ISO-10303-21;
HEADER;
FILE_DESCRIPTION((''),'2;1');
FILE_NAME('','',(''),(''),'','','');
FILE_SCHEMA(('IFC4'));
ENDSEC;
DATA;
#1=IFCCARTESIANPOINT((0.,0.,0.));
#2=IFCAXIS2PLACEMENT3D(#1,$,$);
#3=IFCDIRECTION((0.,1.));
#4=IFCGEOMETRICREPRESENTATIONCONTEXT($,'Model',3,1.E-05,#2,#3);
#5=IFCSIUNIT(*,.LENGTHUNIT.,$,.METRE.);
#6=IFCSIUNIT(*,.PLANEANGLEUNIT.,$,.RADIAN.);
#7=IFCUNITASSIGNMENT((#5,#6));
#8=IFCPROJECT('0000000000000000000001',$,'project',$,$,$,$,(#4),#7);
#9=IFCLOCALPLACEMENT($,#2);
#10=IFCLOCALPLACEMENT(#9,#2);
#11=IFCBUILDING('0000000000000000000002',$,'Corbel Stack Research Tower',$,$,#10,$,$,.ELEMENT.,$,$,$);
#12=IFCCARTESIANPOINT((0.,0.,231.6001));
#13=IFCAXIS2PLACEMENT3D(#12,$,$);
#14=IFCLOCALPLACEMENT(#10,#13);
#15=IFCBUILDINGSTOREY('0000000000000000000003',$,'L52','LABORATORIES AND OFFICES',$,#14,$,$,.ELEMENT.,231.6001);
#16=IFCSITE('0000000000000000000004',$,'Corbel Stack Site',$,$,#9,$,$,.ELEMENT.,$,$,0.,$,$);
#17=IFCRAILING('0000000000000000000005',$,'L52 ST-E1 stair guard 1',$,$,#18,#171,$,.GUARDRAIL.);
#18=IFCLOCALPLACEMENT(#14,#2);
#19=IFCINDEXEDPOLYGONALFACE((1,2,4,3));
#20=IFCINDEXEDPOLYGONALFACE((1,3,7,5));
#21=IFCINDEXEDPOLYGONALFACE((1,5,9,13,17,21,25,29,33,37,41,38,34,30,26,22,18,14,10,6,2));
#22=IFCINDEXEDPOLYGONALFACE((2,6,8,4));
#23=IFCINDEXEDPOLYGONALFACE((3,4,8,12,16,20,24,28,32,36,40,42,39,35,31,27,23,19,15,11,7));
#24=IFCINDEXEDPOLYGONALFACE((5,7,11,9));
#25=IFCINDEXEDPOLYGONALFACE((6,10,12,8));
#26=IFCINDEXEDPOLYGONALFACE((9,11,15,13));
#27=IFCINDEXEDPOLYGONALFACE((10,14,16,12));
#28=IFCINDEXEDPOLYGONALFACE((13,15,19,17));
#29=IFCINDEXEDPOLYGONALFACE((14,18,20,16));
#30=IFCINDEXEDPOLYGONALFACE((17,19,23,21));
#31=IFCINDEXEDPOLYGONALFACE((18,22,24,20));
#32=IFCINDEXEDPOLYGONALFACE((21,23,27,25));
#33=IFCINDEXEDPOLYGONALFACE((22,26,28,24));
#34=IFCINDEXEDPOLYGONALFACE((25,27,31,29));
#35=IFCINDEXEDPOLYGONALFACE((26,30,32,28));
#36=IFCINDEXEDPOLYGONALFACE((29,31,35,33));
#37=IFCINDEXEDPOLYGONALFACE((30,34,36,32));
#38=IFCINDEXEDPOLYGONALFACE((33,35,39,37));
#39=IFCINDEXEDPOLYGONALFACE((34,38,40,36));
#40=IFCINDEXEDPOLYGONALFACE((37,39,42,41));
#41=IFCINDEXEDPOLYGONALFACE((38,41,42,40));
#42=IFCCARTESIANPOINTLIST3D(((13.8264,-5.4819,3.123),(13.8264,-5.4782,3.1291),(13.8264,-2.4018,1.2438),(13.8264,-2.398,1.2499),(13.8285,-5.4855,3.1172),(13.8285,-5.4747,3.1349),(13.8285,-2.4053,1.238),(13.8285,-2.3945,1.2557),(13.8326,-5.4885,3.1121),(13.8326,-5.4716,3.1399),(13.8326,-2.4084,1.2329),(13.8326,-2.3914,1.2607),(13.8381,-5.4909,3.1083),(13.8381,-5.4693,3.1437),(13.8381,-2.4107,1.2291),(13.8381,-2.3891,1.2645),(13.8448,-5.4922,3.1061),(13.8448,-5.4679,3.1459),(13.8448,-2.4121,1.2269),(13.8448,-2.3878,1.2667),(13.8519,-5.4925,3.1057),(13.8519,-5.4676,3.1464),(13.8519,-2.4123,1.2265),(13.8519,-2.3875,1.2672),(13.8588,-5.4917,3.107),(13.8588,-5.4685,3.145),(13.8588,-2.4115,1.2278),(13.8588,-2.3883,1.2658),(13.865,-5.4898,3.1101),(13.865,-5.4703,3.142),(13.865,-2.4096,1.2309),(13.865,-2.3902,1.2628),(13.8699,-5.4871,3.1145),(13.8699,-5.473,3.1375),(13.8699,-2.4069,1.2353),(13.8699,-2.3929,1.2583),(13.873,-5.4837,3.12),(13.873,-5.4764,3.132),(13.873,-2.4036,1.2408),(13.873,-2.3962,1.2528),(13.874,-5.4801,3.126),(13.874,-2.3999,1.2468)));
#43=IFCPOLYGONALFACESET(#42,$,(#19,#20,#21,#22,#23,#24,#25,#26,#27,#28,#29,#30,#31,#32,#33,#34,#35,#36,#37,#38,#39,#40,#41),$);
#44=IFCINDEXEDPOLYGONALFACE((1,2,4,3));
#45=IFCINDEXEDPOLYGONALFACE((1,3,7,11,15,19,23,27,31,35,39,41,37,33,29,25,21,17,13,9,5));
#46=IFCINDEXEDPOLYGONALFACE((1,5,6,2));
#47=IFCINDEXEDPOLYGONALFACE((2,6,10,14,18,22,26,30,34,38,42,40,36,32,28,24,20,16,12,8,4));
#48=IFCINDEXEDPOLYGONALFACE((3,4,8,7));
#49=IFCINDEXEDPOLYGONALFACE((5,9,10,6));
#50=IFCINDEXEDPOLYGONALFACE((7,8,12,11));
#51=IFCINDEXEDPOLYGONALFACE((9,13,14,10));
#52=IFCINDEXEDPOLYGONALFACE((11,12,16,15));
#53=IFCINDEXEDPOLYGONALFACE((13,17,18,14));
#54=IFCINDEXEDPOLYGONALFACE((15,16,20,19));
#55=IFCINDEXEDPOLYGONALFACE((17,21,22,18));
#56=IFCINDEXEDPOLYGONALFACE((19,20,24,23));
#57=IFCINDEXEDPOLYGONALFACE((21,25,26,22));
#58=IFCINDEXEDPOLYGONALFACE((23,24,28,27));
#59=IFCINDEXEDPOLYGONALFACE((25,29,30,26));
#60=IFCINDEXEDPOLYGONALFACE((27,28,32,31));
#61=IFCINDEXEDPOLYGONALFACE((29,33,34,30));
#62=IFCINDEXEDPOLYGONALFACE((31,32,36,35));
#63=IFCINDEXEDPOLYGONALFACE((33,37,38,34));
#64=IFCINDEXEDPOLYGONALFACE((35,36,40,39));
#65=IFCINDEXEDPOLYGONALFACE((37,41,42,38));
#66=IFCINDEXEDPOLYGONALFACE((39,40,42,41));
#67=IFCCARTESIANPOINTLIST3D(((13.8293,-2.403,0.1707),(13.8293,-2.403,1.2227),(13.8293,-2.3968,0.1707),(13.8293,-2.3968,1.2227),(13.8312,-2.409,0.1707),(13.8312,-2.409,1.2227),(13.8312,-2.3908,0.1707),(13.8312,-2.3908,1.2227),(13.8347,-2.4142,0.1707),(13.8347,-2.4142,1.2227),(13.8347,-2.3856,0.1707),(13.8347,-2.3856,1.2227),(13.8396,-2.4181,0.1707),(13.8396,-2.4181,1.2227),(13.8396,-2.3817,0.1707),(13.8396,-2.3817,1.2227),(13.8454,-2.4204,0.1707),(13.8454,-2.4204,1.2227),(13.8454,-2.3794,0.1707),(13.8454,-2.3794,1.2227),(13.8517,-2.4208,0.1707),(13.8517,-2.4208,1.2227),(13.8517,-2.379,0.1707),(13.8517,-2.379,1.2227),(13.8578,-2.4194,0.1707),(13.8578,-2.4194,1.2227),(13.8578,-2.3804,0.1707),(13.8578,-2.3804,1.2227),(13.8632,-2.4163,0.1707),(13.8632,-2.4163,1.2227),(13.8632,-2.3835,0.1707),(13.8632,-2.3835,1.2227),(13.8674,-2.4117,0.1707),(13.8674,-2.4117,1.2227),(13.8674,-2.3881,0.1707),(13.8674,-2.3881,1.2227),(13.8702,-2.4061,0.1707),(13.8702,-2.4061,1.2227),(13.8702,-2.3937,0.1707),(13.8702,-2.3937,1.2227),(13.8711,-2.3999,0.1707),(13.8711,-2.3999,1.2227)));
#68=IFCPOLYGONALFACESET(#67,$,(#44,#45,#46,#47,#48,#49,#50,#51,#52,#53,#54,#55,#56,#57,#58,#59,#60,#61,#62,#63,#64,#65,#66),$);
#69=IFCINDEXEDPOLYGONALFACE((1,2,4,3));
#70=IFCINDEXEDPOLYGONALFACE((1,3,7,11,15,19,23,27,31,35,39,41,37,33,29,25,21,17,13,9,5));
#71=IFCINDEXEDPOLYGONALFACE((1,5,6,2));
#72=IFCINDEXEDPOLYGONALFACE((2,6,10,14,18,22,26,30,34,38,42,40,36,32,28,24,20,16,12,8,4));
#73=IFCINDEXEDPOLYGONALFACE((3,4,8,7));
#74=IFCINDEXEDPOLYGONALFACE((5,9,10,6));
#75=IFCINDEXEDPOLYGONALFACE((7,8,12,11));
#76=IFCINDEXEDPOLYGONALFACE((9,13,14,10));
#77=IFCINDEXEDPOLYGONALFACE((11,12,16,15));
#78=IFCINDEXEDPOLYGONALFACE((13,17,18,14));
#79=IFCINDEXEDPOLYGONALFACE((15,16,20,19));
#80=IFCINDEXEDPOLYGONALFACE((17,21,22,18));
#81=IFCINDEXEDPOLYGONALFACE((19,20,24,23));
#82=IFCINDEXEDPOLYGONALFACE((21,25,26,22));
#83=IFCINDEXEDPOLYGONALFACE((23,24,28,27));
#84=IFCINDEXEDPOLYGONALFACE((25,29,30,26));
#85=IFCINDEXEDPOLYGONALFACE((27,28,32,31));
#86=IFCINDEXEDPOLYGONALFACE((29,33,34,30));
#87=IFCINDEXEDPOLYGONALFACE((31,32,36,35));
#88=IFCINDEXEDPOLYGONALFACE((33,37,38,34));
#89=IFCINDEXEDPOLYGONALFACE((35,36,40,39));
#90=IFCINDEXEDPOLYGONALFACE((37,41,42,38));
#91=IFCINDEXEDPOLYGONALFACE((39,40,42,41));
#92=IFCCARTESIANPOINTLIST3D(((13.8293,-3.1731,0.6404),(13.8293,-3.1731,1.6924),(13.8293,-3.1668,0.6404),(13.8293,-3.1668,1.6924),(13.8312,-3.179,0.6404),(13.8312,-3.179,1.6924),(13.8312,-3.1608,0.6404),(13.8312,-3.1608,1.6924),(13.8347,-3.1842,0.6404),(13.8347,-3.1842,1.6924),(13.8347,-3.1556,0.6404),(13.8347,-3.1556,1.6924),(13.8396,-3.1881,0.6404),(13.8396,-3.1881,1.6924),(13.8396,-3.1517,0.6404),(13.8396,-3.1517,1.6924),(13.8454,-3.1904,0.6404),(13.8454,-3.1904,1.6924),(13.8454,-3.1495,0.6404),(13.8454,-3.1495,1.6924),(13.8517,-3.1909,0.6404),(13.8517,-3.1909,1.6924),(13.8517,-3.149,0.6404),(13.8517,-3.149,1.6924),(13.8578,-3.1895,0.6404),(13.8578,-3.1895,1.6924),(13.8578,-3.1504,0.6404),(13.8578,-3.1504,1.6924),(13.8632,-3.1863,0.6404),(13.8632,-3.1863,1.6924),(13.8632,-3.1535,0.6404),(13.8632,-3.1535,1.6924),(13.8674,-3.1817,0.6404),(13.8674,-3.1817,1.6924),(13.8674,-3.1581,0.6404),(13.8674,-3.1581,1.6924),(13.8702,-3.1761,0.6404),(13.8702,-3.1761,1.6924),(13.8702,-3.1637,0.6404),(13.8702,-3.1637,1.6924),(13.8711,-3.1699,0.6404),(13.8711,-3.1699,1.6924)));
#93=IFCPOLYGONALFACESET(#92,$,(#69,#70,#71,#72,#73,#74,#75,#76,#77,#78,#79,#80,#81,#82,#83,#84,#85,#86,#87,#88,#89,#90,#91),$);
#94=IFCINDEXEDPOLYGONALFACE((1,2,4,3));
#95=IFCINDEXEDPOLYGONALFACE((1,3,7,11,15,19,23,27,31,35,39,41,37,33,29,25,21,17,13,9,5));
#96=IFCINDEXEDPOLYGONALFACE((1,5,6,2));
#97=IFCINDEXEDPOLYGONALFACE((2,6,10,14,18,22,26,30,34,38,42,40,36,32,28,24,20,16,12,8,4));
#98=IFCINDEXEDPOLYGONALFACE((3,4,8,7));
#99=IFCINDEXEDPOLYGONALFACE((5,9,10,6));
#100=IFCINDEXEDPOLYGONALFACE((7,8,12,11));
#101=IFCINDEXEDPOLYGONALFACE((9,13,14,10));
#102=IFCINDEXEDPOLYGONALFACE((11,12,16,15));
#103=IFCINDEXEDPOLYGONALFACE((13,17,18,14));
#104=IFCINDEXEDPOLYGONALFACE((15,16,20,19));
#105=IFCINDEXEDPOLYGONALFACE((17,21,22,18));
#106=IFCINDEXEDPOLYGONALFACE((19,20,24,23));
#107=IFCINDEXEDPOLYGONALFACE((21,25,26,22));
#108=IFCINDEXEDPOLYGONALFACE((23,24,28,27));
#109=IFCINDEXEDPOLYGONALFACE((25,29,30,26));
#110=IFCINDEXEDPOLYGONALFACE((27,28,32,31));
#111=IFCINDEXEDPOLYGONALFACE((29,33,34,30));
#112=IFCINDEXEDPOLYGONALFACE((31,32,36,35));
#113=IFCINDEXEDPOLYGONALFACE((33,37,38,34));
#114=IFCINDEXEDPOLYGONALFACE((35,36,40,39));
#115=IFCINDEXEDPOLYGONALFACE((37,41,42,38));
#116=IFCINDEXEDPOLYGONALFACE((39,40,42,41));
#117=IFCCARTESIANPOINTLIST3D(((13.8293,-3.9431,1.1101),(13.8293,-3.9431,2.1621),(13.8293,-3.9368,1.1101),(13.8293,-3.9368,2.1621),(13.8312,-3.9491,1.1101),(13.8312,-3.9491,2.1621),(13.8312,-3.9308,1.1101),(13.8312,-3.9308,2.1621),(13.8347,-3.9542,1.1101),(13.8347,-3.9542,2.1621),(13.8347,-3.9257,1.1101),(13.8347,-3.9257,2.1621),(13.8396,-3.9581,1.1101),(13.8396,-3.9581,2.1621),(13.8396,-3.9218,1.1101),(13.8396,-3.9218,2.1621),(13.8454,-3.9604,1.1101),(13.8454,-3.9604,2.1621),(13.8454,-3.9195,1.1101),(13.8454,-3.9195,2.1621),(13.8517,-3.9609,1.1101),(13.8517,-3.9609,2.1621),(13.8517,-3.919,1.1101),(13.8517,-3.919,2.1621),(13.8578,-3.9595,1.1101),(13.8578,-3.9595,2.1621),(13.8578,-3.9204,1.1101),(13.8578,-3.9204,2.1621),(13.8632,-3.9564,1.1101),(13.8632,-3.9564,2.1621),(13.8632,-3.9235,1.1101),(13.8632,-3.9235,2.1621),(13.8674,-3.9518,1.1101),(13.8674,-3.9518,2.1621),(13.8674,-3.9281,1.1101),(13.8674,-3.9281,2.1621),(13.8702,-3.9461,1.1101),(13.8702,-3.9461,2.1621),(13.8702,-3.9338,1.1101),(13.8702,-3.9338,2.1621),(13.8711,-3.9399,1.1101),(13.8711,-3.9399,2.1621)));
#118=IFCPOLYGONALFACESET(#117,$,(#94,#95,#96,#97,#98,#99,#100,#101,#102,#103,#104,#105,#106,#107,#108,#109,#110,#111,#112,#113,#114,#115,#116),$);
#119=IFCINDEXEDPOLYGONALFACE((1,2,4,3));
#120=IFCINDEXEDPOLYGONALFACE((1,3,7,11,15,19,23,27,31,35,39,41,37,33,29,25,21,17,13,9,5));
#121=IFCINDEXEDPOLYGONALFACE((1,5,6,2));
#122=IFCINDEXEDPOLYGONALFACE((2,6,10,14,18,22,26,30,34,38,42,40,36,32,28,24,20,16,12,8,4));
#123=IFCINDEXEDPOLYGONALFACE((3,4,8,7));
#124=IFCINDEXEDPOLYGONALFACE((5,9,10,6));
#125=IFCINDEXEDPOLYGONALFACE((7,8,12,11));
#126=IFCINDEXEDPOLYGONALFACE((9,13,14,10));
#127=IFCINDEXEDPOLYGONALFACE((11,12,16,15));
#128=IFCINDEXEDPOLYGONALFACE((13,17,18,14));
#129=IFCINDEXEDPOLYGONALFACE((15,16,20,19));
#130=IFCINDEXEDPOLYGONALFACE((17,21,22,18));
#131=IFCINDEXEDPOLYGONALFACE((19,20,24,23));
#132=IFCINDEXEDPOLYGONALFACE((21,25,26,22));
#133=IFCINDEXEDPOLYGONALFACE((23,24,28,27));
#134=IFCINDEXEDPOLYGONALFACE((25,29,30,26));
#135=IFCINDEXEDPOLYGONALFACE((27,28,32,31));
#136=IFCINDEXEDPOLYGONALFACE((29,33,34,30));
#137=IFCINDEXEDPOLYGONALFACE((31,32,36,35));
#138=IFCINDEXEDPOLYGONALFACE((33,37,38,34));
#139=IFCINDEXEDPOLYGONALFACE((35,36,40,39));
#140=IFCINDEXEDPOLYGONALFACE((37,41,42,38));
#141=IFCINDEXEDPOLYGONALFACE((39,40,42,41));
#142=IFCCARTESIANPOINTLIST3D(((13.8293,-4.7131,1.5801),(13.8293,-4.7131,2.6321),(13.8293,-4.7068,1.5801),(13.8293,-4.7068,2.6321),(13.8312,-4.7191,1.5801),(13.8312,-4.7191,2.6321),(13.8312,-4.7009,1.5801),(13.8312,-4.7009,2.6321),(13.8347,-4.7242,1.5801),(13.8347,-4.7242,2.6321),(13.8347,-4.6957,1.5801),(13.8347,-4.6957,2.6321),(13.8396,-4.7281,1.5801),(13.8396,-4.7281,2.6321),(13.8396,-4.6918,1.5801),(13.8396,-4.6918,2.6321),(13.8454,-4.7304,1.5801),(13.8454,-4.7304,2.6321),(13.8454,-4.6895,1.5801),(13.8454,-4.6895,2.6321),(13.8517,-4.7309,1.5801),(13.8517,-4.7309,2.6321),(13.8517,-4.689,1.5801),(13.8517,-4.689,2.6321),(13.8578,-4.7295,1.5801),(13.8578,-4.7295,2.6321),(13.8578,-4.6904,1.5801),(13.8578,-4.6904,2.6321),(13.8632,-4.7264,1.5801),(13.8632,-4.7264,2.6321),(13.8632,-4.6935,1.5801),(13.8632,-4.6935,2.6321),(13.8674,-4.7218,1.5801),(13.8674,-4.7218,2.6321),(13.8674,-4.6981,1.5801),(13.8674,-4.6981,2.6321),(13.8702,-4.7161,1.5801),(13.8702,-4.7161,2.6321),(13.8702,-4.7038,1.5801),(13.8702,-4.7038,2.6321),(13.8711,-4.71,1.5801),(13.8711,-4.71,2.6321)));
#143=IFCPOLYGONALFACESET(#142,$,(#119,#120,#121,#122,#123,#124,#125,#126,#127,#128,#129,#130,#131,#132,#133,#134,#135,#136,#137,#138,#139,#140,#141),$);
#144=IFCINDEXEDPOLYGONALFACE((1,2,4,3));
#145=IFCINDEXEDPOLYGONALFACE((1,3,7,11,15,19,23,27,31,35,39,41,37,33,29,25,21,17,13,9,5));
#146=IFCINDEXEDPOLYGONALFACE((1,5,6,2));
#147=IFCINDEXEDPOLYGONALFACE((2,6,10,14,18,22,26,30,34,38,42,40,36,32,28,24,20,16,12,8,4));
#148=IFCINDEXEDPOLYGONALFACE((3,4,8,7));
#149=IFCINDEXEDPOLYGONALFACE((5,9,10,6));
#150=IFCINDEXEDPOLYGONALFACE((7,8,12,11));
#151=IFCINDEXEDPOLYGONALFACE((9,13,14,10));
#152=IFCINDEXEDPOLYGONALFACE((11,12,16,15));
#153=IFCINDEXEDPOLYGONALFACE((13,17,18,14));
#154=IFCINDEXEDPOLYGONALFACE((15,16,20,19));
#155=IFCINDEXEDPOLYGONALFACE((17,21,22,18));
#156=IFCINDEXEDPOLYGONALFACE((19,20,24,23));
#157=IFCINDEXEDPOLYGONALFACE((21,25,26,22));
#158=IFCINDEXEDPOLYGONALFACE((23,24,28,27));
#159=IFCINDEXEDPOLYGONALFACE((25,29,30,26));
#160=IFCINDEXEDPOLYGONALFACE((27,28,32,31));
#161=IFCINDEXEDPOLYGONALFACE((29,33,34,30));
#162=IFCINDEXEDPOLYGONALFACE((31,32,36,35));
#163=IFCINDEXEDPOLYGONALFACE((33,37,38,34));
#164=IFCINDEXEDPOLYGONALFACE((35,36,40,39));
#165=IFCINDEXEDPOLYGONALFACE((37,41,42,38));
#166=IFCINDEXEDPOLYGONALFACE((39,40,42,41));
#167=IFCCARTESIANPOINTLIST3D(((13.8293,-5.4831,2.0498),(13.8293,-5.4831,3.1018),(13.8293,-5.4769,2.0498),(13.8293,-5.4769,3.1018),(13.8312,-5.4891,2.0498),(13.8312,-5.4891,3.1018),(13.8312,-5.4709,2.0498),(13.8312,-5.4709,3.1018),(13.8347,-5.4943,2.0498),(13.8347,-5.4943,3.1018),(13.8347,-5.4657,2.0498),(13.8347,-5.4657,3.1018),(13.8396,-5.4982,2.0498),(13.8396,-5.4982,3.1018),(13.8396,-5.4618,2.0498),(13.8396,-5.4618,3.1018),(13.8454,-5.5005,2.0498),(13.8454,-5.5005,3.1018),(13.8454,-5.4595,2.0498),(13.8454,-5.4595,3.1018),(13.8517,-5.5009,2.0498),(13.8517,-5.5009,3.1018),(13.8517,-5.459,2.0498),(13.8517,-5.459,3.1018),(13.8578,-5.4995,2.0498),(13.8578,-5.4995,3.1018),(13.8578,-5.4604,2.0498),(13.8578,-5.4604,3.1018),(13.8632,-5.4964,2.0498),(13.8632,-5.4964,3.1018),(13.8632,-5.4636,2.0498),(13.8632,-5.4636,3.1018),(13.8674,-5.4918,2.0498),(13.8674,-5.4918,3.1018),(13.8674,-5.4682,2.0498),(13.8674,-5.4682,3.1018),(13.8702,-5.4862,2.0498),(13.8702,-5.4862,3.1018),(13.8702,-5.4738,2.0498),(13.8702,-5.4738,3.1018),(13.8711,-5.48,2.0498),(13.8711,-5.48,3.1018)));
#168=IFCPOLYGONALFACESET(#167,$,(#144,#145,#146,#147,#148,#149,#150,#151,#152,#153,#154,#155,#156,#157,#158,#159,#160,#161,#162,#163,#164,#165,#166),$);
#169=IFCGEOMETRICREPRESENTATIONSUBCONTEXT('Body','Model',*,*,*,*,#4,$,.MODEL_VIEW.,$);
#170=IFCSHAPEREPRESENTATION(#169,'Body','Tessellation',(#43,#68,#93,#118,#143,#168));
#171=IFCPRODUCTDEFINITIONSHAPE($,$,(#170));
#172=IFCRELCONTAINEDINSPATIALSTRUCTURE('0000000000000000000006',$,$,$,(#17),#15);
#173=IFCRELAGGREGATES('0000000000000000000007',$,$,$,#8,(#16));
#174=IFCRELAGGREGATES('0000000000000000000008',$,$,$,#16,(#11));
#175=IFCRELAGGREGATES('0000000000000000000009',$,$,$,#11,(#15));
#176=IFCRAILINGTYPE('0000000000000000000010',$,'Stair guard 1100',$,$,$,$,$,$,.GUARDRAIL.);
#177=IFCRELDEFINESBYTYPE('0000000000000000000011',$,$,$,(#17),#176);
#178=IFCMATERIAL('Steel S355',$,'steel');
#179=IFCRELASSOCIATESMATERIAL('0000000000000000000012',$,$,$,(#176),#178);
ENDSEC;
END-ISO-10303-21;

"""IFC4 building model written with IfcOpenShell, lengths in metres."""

from ifc_helpers import new_model, si_unit, direction, frame, origin, origin_2d, place, context, subcontext, project, spatial, circle, extrude, material, type_object, element, save


model = new_model("IFC4")

# Units and contexts
model_context = context("Model", 3, precision=1e-05, world=origin(), true_north=direction((0.0, 1.0)))
body_context = subcontext(model_context, "Body", "Model", "MODEL_VIEW")
ifc_project = project(units=[si_unit("LENGTHUNIT", "METRE"), si_unit("PLANEANGLEUNIT", "RADIAN")], contexts=[model_context])

# Site, building, storey
site_placement = place(None, origin())
site = spatial("IfcSite", under=ifc_project, at=site_placement, Name="Corbel Stack Site", CompositionType="ELEMENT", RefElevation=0.0)
building_placement = place(site_placement, origin())
building = spatial("IfcBuilding", under=site, at=building_placement, Name="Corbel Stack Research Tower", CompositionType="ELEMENT")
storey_placement = place(building_placement, frame((0.0, 0.0, 231.6001)))
storey = spatial("IfcBuildingStorey", under=building, at=storey_placement, Name="L52", Description="LABORATORIES AND OFFICES", CompositionType="ELEMENT", Elevation=231.6001)

# Railing
ifc_material_1 = material(Name="Steel S355", Category="steel")
railing_type_1 = type_object("IfcRailingType", Name="Stair guard 1100", PredefinedType="GUARDRAIL", material=ifc_material_1)
railing_1_placement = place(storey_placement, frame((13.8501, -2.3999, 0.1707)))
element("IfcRailing", 1, at=railing_1_placement, inside=storey, type_object=railing_type_1, Name="L52 ST-E1 stair guard 1", PredefinedType="GUARDRAIL", context=body_context, shape_type="SweptSolid", body=[
    extrude(circle(Radius=0.0239, at=origin_2d()), frame((0.0, 0.0, 1.0762), z_axis=(0.0, -0.853666, 0.52082), x_axis=(1.0, 0.0, 0.0)), (0.0, 0.0, 1.0), 3.6082),
    extrude(circle(Radius=0.021, at=origin_2d()), origin(), (0.0, 0.0, 1.0), 1.052),
    extrude(circle(Radius=0.021, at=origin_2d()), frame((0.0, -0.77, 0.4697)), (0.0, 0.0, 1.0), 1.052),
    extrude(circle(Radius=0.021, at=origin_2d()), frame((0.0, -1.54, 0.9395)), (0.0, 0.0, 1.0), 1.052),
    extrude(circle(Radius=0.021, at=origin_2d()), frame((0.0, -2.3101, 1.4094)), (0.0, 0.0, 1.0), 1.052),
    extrude(circle(Radius=0.021, at=origin_2d()), frame((0.0, -3.0801, 1.8792)), (0.0, 0.0, 1.0), 1.052),
])

save(model, "model.ifc")
